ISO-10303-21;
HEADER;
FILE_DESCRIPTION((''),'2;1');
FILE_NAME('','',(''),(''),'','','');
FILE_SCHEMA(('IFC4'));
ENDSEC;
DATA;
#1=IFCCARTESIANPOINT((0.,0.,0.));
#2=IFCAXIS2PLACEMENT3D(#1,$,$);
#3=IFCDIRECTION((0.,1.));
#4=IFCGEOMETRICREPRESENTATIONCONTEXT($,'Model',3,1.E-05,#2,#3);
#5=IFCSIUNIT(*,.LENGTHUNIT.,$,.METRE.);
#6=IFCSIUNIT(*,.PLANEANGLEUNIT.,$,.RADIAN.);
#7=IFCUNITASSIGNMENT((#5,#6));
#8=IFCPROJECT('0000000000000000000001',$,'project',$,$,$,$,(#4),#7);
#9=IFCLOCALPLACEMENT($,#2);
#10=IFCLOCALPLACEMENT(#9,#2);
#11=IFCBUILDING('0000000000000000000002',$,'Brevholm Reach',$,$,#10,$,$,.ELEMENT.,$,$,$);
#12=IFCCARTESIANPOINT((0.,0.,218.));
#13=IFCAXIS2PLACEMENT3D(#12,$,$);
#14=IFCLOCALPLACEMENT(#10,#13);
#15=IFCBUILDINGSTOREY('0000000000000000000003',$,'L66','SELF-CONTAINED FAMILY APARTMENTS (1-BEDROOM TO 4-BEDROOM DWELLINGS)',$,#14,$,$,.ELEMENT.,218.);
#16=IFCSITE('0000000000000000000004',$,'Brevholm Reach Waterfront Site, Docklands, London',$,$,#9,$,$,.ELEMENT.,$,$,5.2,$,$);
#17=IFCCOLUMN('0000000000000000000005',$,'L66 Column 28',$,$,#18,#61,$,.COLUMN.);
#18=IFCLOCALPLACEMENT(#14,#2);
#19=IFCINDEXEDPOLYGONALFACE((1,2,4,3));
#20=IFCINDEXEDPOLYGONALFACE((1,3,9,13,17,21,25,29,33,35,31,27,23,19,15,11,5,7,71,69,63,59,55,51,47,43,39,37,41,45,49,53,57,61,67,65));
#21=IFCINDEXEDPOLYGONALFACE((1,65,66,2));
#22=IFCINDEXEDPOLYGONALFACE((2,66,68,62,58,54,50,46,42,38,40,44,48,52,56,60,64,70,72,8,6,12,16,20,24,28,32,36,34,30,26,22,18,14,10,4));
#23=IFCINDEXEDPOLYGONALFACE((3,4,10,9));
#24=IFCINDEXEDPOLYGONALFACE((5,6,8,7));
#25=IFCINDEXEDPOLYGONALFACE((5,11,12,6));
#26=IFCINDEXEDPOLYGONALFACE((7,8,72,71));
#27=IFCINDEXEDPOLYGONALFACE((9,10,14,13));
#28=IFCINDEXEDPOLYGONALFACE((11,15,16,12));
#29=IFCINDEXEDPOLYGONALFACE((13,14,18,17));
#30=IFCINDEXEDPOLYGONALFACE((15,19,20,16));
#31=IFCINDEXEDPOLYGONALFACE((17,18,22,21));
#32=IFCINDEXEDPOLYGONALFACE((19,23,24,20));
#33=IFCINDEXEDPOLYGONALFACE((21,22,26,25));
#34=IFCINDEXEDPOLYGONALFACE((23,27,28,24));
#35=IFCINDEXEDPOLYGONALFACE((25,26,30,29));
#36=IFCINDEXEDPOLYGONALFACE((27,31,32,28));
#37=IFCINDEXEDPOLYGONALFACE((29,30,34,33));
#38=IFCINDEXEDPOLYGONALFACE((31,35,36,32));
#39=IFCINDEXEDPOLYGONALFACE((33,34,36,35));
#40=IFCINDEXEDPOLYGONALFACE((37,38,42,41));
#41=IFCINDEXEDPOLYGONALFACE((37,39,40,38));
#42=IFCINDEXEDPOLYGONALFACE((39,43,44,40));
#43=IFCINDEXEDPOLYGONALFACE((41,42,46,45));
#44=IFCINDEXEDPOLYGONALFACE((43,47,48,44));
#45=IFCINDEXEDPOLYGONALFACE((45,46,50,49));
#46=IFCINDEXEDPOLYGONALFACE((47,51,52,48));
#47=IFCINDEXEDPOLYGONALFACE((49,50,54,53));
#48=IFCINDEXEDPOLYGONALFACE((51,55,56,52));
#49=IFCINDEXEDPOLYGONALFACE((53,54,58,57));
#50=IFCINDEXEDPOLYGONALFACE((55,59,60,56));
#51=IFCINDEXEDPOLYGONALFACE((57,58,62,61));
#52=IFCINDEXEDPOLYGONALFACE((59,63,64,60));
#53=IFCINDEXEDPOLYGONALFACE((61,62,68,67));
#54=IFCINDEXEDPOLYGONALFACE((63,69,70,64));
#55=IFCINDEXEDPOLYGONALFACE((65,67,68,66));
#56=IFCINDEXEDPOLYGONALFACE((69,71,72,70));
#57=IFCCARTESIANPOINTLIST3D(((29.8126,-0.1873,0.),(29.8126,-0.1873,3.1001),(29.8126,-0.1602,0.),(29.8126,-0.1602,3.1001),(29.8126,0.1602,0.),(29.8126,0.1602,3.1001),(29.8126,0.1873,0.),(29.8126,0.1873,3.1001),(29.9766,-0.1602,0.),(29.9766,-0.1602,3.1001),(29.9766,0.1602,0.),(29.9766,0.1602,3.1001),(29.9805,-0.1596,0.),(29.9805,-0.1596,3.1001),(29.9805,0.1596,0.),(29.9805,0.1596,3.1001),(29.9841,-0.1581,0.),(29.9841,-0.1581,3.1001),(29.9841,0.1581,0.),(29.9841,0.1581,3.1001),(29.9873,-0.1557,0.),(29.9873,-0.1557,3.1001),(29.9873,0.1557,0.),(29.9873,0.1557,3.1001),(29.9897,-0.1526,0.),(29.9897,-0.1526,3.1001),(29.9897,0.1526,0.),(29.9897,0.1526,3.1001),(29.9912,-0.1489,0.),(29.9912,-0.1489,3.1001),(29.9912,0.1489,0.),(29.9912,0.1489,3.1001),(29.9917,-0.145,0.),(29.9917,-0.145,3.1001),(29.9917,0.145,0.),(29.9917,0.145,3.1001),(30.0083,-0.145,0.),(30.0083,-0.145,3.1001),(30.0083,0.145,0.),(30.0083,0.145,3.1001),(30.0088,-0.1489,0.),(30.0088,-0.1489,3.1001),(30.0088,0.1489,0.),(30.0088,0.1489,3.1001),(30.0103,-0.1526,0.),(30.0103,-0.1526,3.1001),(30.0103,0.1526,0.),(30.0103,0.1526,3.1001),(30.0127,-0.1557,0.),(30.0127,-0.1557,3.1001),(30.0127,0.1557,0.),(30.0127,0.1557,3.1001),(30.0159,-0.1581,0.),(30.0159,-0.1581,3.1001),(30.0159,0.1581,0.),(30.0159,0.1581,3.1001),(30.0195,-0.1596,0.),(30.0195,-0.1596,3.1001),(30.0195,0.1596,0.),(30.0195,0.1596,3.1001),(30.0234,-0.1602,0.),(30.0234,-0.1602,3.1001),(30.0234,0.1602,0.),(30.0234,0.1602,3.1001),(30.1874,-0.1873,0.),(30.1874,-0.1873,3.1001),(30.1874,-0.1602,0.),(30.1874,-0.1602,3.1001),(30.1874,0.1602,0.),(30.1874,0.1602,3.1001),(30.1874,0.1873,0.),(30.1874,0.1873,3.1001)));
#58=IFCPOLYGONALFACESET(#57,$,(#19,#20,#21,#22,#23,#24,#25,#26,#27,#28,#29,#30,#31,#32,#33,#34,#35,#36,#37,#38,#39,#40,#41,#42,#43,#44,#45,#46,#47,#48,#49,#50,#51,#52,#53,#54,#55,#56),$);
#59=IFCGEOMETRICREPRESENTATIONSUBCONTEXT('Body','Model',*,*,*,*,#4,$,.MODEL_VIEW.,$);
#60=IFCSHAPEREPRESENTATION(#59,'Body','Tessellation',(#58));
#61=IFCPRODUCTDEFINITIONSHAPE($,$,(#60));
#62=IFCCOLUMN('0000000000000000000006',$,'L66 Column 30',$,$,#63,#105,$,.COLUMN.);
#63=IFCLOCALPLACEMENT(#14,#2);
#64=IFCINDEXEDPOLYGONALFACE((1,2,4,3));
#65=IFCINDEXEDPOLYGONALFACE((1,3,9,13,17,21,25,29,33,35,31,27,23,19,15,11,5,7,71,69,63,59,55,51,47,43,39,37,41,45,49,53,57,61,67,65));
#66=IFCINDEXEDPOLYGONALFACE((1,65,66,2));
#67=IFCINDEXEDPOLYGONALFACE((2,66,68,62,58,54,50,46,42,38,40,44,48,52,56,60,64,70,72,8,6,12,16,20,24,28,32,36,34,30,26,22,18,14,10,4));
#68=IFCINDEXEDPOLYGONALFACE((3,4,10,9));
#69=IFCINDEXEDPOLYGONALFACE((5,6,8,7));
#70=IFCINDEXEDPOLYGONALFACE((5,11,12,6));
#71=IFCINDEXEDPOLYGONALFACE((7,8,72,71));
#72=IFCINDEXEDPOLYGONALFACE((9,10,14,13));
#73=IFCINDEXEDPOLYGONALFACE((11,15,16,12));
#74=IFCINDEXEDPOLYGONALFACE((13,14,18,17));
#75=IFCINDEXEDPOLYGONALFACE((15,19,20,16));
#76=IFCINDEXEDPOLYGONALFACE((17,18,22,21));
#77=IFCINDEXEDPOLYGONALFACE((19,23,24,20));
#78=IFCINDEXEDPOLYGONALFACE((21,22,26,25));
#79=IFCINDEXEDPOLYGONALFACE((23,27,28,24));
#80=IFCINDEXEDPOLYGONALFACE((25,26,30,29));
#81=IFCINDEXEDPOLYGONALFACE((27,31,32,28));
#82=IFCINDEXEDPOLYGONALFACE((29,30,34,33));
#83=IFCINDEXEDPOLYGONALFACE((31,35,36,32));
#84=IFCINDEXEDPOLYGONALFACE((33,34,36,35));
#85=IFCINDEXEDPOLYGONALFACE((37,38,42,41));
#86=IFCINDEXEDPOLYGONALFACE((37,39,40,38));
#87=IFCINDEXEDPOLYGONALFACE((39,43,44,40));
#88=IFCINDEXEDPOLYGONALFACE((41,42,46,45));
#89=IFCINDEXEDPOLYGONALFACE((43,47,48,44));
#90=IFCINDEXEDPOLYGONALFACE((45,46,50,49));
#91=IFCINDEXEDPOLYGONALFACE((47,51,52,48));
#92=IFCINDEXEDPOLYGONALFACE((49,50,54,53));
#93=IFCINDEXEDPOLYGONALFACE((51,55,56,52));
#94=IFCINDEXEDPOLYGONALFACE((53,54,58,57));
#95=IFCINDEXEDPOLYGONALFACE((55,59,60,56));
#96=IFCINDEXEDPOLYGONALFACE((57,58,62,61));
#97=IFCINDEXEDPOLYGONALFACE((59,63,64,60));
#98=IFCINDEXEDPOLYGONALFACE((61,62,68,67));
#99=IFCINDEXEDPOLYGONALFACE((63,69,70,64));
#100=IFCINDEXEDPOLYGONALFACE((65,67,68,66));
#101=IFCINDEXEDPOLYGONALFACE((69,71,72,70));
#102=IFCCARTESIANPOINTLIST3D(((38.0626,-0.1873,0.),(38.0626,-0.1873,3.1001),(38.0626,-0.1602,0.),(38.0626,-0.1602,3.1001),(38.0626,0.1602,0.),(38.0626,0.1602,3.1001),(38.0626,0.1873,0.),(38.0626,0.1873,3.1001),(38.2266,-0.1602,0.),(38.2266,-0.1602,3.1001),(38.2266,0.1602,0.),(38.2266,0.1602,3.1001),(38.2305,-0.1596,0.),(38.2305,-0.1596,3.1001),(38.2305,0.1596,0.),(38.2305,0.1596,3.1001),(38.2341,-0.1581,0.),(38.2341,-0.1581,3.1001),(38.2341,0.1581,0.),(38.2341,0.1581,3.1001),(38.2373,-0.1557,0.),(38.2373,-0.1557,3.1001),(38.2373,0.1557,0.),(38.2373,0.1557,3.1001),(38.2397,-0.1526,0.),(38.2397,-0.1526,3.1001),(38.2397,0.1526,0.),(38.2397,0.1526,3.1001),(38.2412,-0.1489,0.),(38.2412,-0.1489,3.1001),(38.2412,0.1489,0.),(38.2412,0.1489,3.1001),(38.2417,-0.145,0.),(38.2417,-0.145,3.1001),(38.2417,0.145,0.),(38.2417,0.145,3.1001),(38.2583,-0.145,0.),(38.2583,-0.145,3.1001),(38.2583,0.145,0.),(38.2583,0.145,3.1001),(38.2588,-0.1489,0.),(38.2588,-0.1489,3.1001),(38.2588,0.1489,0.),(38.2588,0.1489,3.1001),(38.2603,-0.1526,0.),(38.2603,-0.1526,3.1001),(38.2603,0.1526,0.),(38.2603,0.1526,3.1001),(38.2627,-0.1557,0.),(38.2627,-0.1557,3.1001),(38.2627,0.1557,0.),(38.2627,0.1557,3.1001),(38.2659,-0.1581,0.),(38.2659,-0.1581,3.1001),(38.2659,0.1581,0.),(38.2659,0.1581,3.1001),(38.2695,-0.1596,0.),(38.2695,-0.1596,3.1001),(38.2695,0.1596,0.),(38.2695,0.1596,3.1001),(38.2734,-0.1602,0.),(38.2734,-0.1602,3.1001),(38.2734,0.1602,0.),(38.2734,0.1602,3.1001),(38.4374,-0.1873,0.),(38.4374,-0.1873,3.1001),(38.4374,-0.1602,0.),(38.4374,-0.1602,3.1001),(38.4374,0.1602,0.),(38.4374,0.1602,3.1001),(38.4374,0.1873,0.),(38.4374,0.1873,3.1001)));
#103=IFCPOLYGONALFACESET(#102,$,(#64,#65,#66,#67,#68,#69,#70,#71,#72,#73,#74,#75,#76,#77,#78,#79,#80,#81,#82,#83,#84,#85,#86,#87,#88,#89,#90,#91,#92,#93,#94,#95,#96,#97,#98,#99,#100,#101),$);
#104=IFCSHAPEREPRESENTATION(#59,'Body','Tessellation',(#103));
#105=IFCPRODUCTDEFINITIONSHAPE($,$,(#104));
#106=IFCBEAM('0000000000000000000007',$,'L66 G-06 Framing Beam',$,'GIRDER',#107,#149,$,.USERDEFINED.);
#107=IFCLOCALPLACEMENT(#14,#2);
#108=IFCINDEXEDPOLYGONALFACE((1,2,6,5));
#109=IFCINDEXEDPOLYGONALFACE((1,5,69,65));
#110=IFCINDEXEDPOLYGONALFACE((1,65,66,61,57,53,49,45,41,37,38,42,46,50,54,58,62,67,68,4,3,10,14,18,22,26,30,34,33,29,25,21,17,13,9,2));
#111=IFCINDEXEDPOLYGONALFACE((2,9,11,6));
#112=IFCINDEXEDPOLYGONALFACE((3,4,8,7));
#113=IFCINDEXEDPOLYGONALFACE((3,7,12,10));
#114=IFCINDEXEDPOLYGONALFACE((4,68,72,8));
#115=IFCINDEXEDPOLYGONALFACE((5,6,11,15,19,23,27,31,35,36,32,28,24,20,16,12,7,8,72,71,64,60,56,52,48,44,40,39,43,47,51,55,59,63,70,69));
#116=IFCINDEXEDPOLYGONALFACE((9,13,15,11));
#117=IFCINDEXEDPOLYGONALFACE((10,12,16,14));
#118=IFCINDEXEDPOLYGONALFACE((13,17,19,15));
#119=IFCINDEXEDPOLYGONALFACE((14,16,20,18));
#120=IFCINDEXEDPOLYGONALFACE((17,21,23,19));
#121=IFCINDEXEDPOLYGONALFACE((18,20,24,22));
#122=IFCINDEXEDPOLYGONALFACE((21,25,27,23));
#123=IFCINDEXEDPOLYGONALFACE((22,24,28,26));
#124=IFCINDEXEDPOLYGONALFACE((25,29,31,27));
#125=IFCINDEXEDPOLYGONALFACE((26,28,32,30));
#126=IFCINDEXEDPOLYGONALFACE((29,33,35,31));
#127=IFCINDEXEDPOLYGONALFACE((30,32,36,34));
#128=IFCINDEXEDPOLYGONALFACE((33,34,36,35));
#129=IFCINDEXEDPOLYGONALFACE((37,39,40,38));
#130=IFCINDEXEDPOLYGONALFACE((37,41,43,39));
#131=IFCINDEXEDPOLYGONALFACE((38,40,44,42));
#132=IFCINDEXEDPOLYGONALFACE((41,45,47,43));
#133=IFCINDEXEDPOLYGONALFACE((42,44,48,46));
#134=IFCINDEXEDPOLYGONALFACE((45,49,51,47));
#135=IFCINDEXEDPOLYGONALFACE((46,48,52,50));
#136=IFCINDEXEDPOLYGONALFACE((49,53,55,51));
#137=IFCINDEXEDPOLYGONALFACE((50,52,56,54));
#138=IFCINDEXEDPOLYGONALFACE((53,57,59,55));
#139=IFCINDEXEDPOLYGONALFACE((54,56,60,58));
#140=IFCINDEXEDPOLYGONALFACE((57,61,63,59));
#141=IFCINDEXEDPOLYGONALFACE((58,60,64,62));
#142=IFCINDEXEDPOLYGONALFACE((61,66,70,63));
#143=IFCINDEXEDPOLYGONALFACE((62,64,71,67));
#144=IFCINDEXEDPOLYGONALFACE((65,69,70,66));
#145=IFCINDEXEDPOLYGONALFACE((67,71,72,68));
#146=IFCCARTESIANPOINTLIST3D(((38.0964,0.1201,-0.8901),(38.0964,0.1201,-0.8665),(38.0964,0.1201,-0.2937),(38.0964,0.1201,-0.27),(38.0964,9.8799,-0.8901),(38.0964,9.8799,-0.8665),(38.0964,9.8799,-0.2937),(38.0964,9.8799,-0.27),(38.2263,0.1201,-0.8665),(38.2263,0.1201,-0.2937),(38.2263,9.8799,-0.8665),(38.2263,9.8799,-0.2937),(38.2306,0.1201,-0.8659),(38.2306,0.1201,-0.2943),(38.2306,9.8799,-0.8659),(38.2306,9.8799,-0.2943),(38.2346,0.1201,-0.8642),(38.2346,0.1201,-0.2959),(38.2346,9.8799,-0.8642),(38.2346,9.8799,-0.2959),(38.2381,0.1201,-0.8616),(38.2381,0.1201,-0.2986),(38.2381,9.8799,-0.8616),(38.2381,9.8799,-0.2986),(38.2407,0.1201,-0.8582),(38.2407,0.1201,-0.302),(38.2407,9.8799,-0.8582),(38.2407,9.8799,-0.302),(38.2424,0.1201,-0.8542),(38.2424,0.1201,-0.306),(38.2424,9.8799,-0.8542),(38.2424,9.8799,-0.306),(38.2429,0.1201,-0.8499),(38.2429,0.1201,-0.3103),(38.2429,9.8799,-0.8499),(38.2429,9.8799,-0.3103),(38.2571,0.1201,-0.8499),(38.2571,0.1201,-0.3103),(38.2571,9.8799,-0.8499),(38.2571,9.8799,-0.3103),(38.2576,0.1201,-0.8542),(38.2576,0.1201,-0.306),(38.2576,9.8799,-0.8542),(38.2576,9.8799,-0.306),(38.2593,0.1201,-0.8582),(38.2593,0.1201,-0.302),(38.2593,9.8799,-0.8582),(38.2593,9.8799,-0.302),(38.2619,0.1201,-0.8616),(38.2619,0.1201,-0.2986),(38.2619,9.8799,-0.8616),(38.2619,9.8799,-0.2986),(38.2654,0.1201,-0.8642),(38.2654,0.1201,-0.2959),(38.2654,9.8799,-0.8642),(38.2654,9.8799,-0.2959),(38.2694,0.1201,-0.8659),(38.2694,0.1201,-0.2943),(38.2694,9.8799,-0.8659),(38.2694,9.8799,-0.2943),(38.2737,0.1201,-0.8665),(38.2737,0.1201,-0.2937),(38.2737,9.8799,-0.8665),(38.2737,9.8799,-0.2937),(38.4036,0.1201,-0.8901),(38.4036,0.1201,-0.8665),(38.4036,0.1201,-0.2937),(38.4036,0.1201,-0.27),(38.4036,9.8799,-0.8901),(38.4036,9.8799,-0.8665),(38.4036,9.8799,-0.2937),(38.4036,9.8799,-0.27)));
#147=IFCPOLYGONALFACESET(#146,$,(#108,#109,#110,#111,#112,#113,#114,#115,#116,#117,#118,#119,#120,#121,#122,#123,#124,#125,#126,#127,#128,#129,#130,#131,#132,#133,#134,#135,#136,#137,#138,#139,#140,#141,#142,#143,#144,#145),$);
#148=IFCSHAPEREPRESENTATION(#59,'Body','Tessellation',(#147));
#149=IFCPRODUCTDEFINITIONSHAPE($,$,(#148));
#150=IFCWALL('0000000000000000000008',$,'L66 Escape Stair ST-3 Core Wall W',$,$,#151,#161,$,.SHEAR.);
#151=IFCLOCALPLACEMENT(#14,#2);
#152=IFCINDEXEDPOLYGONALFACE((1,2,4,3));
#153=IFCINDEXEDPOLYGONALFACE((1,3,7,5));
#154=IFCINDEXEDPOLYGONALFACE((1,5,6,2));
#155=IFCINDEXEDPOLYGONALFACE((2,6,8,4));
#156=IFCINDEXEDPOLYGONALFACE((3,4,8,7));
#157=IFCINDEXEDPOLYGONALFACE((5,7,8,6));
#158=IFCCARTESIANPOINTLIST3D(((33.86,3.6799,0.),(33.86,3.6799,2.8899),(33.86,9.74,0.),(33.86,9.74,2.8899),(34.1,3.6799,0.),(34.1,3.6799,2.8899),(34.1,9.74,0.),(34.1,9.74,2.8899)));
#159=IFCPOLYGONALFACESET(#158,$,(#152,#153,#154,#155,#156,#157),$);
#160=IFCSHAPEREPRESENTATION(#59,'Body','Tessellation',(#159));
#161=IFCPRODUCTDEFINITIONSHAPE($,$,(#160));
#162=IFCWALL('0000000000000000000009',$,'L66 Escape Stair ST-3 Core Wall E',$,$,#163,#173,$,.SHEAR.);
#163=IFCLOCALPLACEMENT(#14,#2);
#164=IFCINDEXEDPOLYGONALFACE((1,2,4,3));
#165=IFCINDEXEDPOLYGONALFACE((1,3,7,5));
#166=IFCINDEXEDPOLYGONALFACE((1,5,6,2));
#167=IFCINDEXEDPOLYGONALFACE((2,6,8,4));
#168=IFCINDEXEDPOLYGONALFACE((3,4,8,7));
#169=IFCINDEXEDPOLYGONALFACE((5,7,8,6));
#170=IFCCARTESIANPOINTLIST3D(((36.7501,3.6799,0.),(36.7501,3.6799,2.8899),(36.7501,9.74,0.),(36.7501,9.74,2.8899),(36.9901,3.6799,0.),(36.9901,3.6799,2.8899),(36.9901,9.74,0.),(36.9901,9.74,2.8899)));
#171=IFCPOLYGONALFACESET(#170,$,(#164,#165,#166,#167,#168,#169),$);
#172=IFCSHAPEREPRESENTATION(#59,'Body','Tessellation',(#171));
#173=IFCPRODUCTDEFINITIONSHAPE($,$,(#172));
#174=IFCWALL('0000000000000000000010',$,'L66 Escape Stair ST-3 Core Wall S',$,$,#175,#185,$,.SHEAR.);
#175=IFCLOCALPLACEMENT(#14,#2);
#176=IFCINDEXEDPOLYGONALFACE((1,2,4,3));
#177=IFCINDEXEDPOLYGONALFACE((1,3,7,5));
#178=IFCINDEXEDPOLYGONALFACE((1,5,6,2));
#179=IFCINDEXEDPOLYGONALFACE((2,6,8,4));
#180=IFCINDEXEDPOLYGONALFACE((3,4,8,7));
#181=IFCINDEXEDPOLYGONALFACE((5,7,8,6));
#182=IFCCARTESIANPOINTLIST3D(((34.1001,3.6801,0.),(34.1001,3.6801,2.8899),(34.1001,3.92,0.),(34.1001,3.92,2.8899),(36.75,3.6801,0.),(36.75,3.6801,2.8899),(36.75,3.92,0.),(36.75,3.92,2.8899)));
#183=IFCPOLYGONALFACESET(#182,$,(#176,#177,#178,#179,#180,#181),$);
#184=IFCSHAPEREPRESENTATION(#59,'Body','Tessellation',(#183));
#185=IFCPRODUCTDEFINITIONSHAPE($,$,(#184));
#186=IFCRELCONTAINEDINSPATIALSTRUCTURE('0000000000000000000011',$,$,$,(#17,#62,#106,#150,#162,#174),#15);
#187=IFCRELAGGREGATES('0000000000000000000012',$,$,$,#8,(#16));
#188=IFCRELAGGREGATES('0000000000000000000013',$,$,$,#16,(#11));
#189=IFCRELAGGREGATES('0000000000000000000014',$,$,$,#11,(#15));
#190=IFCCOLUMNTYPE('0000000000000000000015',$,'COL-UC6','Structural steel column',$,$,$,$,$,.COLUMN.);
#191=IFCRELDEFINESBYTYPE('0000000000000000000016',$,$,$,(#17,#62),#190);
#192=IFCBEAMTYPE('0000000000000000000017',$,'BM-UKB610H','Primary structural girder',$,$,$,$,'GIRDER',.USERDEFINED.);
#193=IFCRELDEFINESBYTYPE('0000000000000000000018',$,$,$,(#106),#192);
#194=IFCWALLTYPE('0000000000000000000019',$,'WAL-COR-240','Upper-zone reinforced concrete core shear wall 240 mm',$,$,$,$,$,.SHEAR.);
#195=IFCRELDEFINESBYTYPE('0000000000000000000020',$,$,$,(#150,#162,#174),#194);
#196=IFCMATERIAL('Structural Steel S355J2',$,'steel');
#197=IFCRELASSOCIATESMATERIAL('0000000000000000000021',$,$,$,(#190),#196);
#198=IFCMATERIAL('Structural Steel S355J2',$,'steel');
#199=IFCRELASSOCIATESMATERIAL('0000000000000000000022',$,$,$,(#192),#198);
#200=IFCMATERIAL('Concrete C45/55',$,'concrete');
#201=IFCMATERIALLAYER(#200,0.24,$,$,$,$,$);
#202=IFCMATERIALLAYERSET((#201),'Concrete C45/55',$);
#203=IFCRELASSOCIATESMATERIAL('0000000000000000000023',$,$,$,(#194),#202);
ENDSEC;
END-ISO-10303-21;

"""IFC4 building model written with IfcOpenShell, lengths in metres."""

from ifc_helpers import new_model, si_unit, direction, frame, frame_2d, origin, origin_2d, place, context, subcontext, project, spatial, rectangle, i_section, extrude, material, layer, layer_set, material_profile, profile_set, type_object, element, save


model = new_model("IFC4")

# Units and contexts
model_context = context("Model", 3, precision=1e-05, world=origin(), true_north=direction((0.0, 1.0)))
body_context = subcontext(model_context, "Body", "Model", "MODEL_VIEW")
ifc_project = project(units=[si_unit("LENGTHUNIT", "METRE"), si_unit("PLANEANGLEUNIT", "RADIAN")], contexts=[model_context])

# Site, building, storey
site_placement = place(None, origin())
site = spatial("IfcSite", under=ifc_project, at=site_placement, Name="Brevholm Reach Waterfront Site, Docklands, London", CompositionType="ELEMENT", RefElevation=5.2)
building_placement = place(site_placement, origin())
building = spatial("IfcBuilding", under=site, at=building_placement, Name="Brevholm Reach", CompositionType="ELEMENT")
storey_placement = place(building_placement, frame((0.0, 0.0, 218.0)))
storey = spatial("IfcBuildingStorey", under=building, at=storey_placement, Name="L66", Description="SELF-CONTAINED FAMILY APARTMENTS (1-BEDROOM TO 4-BEDROOM DWELLINGS)", CompositionType="ELEMENT", Elevation=218.0)

# Columns
ifc_material_1 = material(Name="Structural Steel S355J2", Category="steel")
ifc_material_profile_1 = material_profile(ifc_material_1, i_section(OverallWidth=0.3748, OverallDepth=0.3745, WebThickness=0.0166, FlangeThickness=0.0271, FilletRadius=0.0151, at=origin_2d()), Name="UKC 356x368x202")
ifc_profile_set_1 = profile_set([ifc_material_profile_1], Name="Structural Steel S355J2")
column_type = type_object("IfcColumnType", Name="COL-UC6", Description="Structural steel column", PredefinedType="COLUMN", material=ifc_profile_set_1)
for number, where, z_axis, x_axis, name in (
    (1, (30.0, 0.0, 0.0), (0.0, 0.0, 1.0), (1.0, 0.0, 0.0), "L66 Column 28"),
    (2, (38.25, 0.0, 0.0), (0.0, 0.0, 1.0), (1.0, 0.0, 0.0), "L66 Column 30"),
):
    element("IfcColumn", number, at=place(storey_placement, frame(where, z_axis=z_axis, x_axis=x_axis)), inside=storey, type_object=column_type, Name=name, PredefinedType="COLUMN", context=body_context, shape_type="SweptSolid", body=[
        extrude(i_section(OverallWidth=0.3748, OverallDepth=0.3745, WebThickness=0.0166, FlangeThickness=0.0271, FilletRadius=0.0151, at=origin_2d()), origin(), (0.0, 0.0, 1.0), 3.1001),
    ])

# Beam
ifc_material_2 = material(Name="Structural Steel S355J2", Category="steel")
ifc_material_profile_2 = material_profile(ifc_material_2, i_section(OverallWidth=0.3071, OverallDepth=0.6201, WebThickness=0.0142, FlangeThickness=0.0237, FilletRadius=0.0166, at=origin_2d()), Name="UKB 610x305x179")
ifc_profile_set_2 = profile_set([ifc_material_profile_2], Name="Structural Steel S355J2")
beam_type = type_object("IfcBeamType", Name="BM-UKB610H", Description="Primary structural girder", ElementType="GIRDER", PredefinedType="USERDEFINED", material=ifc_profile_set_2)
beam_placement = place(storey_placement, frame((38.25, 0.1201, -0.5801), z_axis=(0.0, 1.0, 0.0), x_axis=(-1.0, 0.0, 0.0)))
element("IfcBeam", 3, at=beam_placement, inside=storey, type_object=beam_type, Name="L66 G-06 Framing Beam", ObjectType="GIRDER", PredefinedType="USERDEFINED", context=body_context, shape_type="SweptSolid", body=[
    extrude(i_section(OverallWidth=0.3071, OverallDepth=0.6201, WebThickness=0.0142, FlangeThickness=0.0237, FilletRadius=0.0166, at=origin_2d()), origin(), (0.0, 0.0, 1.0), 9.7598),
])

# Walls
ifc_material_3 = material(Name="Concrete C45/55", Category="concrete")
ifc_layer_1 = layer(ifc_material_3, 0.24)
ifc_layer_set_1 = layer_set([ifc_layer_1], Name="Concrete C45/55")
wall_type_1 = type_object("IfcWallType", Name="WAL-COR-240", Description="Upper-zone reinforced concrete core shear wall 240 mm", PredefinedType="SHEAR", material=ifc_layer_set_1)
for number, where, z_axis, x_axis, name in (
    (4, (33.98, 3.6799, 0.0), (0.0, 0.0, 1.0), (0.0, 1.0, 0.0), "L66 Escape Stair ST-3 Core Wall W"),
    (5, (36.8701, 3.6799, 0.0), (0.0, 0.0, 1.0), (0.0, 1.0, 0.0), "L66 Escape Stair ST-3 Core Wall E"),
):
    element("IfcWall", number, at=place(storey_placement, frame(where, z_axis=z_axis, x_axis=x_axis)), inside=storey, type_object=wall_type_1, Name=name, PredefinedType="SHEAR", context=body_context, shape_type="SweptSolid", body=[
        extrude(rectangle(XDim=6.0601, YDim=0.24, at=frame_2d((3.03, 0.0))), origin(), (0.0, 0.0, 1.0), 2.8899),
    ])
wall_1_placement = place(storey_placement, frame((34.1001, 3.8, 0.0), z_axis=(0.0, 0.0, 1.0), x_axis=(1.0, 0.0, 0.0)))
element("IfcWall", 6, at=wall_1_placement, inside=storey, type_object=wall_type_1, Name="L66 Escape Stair ST-3 Core Wall S", PredefinedType="SHEAR", context=body_context, shape_type="SweptSolid", body=[
    extrude(rectangle(XDim=2.6499, YDim=0.24, at=frame_2d((1.325, 0.0))), origin(), (0.0, 0.0, 1.0), 2.8899),
])

save(model, "model.ifc")
